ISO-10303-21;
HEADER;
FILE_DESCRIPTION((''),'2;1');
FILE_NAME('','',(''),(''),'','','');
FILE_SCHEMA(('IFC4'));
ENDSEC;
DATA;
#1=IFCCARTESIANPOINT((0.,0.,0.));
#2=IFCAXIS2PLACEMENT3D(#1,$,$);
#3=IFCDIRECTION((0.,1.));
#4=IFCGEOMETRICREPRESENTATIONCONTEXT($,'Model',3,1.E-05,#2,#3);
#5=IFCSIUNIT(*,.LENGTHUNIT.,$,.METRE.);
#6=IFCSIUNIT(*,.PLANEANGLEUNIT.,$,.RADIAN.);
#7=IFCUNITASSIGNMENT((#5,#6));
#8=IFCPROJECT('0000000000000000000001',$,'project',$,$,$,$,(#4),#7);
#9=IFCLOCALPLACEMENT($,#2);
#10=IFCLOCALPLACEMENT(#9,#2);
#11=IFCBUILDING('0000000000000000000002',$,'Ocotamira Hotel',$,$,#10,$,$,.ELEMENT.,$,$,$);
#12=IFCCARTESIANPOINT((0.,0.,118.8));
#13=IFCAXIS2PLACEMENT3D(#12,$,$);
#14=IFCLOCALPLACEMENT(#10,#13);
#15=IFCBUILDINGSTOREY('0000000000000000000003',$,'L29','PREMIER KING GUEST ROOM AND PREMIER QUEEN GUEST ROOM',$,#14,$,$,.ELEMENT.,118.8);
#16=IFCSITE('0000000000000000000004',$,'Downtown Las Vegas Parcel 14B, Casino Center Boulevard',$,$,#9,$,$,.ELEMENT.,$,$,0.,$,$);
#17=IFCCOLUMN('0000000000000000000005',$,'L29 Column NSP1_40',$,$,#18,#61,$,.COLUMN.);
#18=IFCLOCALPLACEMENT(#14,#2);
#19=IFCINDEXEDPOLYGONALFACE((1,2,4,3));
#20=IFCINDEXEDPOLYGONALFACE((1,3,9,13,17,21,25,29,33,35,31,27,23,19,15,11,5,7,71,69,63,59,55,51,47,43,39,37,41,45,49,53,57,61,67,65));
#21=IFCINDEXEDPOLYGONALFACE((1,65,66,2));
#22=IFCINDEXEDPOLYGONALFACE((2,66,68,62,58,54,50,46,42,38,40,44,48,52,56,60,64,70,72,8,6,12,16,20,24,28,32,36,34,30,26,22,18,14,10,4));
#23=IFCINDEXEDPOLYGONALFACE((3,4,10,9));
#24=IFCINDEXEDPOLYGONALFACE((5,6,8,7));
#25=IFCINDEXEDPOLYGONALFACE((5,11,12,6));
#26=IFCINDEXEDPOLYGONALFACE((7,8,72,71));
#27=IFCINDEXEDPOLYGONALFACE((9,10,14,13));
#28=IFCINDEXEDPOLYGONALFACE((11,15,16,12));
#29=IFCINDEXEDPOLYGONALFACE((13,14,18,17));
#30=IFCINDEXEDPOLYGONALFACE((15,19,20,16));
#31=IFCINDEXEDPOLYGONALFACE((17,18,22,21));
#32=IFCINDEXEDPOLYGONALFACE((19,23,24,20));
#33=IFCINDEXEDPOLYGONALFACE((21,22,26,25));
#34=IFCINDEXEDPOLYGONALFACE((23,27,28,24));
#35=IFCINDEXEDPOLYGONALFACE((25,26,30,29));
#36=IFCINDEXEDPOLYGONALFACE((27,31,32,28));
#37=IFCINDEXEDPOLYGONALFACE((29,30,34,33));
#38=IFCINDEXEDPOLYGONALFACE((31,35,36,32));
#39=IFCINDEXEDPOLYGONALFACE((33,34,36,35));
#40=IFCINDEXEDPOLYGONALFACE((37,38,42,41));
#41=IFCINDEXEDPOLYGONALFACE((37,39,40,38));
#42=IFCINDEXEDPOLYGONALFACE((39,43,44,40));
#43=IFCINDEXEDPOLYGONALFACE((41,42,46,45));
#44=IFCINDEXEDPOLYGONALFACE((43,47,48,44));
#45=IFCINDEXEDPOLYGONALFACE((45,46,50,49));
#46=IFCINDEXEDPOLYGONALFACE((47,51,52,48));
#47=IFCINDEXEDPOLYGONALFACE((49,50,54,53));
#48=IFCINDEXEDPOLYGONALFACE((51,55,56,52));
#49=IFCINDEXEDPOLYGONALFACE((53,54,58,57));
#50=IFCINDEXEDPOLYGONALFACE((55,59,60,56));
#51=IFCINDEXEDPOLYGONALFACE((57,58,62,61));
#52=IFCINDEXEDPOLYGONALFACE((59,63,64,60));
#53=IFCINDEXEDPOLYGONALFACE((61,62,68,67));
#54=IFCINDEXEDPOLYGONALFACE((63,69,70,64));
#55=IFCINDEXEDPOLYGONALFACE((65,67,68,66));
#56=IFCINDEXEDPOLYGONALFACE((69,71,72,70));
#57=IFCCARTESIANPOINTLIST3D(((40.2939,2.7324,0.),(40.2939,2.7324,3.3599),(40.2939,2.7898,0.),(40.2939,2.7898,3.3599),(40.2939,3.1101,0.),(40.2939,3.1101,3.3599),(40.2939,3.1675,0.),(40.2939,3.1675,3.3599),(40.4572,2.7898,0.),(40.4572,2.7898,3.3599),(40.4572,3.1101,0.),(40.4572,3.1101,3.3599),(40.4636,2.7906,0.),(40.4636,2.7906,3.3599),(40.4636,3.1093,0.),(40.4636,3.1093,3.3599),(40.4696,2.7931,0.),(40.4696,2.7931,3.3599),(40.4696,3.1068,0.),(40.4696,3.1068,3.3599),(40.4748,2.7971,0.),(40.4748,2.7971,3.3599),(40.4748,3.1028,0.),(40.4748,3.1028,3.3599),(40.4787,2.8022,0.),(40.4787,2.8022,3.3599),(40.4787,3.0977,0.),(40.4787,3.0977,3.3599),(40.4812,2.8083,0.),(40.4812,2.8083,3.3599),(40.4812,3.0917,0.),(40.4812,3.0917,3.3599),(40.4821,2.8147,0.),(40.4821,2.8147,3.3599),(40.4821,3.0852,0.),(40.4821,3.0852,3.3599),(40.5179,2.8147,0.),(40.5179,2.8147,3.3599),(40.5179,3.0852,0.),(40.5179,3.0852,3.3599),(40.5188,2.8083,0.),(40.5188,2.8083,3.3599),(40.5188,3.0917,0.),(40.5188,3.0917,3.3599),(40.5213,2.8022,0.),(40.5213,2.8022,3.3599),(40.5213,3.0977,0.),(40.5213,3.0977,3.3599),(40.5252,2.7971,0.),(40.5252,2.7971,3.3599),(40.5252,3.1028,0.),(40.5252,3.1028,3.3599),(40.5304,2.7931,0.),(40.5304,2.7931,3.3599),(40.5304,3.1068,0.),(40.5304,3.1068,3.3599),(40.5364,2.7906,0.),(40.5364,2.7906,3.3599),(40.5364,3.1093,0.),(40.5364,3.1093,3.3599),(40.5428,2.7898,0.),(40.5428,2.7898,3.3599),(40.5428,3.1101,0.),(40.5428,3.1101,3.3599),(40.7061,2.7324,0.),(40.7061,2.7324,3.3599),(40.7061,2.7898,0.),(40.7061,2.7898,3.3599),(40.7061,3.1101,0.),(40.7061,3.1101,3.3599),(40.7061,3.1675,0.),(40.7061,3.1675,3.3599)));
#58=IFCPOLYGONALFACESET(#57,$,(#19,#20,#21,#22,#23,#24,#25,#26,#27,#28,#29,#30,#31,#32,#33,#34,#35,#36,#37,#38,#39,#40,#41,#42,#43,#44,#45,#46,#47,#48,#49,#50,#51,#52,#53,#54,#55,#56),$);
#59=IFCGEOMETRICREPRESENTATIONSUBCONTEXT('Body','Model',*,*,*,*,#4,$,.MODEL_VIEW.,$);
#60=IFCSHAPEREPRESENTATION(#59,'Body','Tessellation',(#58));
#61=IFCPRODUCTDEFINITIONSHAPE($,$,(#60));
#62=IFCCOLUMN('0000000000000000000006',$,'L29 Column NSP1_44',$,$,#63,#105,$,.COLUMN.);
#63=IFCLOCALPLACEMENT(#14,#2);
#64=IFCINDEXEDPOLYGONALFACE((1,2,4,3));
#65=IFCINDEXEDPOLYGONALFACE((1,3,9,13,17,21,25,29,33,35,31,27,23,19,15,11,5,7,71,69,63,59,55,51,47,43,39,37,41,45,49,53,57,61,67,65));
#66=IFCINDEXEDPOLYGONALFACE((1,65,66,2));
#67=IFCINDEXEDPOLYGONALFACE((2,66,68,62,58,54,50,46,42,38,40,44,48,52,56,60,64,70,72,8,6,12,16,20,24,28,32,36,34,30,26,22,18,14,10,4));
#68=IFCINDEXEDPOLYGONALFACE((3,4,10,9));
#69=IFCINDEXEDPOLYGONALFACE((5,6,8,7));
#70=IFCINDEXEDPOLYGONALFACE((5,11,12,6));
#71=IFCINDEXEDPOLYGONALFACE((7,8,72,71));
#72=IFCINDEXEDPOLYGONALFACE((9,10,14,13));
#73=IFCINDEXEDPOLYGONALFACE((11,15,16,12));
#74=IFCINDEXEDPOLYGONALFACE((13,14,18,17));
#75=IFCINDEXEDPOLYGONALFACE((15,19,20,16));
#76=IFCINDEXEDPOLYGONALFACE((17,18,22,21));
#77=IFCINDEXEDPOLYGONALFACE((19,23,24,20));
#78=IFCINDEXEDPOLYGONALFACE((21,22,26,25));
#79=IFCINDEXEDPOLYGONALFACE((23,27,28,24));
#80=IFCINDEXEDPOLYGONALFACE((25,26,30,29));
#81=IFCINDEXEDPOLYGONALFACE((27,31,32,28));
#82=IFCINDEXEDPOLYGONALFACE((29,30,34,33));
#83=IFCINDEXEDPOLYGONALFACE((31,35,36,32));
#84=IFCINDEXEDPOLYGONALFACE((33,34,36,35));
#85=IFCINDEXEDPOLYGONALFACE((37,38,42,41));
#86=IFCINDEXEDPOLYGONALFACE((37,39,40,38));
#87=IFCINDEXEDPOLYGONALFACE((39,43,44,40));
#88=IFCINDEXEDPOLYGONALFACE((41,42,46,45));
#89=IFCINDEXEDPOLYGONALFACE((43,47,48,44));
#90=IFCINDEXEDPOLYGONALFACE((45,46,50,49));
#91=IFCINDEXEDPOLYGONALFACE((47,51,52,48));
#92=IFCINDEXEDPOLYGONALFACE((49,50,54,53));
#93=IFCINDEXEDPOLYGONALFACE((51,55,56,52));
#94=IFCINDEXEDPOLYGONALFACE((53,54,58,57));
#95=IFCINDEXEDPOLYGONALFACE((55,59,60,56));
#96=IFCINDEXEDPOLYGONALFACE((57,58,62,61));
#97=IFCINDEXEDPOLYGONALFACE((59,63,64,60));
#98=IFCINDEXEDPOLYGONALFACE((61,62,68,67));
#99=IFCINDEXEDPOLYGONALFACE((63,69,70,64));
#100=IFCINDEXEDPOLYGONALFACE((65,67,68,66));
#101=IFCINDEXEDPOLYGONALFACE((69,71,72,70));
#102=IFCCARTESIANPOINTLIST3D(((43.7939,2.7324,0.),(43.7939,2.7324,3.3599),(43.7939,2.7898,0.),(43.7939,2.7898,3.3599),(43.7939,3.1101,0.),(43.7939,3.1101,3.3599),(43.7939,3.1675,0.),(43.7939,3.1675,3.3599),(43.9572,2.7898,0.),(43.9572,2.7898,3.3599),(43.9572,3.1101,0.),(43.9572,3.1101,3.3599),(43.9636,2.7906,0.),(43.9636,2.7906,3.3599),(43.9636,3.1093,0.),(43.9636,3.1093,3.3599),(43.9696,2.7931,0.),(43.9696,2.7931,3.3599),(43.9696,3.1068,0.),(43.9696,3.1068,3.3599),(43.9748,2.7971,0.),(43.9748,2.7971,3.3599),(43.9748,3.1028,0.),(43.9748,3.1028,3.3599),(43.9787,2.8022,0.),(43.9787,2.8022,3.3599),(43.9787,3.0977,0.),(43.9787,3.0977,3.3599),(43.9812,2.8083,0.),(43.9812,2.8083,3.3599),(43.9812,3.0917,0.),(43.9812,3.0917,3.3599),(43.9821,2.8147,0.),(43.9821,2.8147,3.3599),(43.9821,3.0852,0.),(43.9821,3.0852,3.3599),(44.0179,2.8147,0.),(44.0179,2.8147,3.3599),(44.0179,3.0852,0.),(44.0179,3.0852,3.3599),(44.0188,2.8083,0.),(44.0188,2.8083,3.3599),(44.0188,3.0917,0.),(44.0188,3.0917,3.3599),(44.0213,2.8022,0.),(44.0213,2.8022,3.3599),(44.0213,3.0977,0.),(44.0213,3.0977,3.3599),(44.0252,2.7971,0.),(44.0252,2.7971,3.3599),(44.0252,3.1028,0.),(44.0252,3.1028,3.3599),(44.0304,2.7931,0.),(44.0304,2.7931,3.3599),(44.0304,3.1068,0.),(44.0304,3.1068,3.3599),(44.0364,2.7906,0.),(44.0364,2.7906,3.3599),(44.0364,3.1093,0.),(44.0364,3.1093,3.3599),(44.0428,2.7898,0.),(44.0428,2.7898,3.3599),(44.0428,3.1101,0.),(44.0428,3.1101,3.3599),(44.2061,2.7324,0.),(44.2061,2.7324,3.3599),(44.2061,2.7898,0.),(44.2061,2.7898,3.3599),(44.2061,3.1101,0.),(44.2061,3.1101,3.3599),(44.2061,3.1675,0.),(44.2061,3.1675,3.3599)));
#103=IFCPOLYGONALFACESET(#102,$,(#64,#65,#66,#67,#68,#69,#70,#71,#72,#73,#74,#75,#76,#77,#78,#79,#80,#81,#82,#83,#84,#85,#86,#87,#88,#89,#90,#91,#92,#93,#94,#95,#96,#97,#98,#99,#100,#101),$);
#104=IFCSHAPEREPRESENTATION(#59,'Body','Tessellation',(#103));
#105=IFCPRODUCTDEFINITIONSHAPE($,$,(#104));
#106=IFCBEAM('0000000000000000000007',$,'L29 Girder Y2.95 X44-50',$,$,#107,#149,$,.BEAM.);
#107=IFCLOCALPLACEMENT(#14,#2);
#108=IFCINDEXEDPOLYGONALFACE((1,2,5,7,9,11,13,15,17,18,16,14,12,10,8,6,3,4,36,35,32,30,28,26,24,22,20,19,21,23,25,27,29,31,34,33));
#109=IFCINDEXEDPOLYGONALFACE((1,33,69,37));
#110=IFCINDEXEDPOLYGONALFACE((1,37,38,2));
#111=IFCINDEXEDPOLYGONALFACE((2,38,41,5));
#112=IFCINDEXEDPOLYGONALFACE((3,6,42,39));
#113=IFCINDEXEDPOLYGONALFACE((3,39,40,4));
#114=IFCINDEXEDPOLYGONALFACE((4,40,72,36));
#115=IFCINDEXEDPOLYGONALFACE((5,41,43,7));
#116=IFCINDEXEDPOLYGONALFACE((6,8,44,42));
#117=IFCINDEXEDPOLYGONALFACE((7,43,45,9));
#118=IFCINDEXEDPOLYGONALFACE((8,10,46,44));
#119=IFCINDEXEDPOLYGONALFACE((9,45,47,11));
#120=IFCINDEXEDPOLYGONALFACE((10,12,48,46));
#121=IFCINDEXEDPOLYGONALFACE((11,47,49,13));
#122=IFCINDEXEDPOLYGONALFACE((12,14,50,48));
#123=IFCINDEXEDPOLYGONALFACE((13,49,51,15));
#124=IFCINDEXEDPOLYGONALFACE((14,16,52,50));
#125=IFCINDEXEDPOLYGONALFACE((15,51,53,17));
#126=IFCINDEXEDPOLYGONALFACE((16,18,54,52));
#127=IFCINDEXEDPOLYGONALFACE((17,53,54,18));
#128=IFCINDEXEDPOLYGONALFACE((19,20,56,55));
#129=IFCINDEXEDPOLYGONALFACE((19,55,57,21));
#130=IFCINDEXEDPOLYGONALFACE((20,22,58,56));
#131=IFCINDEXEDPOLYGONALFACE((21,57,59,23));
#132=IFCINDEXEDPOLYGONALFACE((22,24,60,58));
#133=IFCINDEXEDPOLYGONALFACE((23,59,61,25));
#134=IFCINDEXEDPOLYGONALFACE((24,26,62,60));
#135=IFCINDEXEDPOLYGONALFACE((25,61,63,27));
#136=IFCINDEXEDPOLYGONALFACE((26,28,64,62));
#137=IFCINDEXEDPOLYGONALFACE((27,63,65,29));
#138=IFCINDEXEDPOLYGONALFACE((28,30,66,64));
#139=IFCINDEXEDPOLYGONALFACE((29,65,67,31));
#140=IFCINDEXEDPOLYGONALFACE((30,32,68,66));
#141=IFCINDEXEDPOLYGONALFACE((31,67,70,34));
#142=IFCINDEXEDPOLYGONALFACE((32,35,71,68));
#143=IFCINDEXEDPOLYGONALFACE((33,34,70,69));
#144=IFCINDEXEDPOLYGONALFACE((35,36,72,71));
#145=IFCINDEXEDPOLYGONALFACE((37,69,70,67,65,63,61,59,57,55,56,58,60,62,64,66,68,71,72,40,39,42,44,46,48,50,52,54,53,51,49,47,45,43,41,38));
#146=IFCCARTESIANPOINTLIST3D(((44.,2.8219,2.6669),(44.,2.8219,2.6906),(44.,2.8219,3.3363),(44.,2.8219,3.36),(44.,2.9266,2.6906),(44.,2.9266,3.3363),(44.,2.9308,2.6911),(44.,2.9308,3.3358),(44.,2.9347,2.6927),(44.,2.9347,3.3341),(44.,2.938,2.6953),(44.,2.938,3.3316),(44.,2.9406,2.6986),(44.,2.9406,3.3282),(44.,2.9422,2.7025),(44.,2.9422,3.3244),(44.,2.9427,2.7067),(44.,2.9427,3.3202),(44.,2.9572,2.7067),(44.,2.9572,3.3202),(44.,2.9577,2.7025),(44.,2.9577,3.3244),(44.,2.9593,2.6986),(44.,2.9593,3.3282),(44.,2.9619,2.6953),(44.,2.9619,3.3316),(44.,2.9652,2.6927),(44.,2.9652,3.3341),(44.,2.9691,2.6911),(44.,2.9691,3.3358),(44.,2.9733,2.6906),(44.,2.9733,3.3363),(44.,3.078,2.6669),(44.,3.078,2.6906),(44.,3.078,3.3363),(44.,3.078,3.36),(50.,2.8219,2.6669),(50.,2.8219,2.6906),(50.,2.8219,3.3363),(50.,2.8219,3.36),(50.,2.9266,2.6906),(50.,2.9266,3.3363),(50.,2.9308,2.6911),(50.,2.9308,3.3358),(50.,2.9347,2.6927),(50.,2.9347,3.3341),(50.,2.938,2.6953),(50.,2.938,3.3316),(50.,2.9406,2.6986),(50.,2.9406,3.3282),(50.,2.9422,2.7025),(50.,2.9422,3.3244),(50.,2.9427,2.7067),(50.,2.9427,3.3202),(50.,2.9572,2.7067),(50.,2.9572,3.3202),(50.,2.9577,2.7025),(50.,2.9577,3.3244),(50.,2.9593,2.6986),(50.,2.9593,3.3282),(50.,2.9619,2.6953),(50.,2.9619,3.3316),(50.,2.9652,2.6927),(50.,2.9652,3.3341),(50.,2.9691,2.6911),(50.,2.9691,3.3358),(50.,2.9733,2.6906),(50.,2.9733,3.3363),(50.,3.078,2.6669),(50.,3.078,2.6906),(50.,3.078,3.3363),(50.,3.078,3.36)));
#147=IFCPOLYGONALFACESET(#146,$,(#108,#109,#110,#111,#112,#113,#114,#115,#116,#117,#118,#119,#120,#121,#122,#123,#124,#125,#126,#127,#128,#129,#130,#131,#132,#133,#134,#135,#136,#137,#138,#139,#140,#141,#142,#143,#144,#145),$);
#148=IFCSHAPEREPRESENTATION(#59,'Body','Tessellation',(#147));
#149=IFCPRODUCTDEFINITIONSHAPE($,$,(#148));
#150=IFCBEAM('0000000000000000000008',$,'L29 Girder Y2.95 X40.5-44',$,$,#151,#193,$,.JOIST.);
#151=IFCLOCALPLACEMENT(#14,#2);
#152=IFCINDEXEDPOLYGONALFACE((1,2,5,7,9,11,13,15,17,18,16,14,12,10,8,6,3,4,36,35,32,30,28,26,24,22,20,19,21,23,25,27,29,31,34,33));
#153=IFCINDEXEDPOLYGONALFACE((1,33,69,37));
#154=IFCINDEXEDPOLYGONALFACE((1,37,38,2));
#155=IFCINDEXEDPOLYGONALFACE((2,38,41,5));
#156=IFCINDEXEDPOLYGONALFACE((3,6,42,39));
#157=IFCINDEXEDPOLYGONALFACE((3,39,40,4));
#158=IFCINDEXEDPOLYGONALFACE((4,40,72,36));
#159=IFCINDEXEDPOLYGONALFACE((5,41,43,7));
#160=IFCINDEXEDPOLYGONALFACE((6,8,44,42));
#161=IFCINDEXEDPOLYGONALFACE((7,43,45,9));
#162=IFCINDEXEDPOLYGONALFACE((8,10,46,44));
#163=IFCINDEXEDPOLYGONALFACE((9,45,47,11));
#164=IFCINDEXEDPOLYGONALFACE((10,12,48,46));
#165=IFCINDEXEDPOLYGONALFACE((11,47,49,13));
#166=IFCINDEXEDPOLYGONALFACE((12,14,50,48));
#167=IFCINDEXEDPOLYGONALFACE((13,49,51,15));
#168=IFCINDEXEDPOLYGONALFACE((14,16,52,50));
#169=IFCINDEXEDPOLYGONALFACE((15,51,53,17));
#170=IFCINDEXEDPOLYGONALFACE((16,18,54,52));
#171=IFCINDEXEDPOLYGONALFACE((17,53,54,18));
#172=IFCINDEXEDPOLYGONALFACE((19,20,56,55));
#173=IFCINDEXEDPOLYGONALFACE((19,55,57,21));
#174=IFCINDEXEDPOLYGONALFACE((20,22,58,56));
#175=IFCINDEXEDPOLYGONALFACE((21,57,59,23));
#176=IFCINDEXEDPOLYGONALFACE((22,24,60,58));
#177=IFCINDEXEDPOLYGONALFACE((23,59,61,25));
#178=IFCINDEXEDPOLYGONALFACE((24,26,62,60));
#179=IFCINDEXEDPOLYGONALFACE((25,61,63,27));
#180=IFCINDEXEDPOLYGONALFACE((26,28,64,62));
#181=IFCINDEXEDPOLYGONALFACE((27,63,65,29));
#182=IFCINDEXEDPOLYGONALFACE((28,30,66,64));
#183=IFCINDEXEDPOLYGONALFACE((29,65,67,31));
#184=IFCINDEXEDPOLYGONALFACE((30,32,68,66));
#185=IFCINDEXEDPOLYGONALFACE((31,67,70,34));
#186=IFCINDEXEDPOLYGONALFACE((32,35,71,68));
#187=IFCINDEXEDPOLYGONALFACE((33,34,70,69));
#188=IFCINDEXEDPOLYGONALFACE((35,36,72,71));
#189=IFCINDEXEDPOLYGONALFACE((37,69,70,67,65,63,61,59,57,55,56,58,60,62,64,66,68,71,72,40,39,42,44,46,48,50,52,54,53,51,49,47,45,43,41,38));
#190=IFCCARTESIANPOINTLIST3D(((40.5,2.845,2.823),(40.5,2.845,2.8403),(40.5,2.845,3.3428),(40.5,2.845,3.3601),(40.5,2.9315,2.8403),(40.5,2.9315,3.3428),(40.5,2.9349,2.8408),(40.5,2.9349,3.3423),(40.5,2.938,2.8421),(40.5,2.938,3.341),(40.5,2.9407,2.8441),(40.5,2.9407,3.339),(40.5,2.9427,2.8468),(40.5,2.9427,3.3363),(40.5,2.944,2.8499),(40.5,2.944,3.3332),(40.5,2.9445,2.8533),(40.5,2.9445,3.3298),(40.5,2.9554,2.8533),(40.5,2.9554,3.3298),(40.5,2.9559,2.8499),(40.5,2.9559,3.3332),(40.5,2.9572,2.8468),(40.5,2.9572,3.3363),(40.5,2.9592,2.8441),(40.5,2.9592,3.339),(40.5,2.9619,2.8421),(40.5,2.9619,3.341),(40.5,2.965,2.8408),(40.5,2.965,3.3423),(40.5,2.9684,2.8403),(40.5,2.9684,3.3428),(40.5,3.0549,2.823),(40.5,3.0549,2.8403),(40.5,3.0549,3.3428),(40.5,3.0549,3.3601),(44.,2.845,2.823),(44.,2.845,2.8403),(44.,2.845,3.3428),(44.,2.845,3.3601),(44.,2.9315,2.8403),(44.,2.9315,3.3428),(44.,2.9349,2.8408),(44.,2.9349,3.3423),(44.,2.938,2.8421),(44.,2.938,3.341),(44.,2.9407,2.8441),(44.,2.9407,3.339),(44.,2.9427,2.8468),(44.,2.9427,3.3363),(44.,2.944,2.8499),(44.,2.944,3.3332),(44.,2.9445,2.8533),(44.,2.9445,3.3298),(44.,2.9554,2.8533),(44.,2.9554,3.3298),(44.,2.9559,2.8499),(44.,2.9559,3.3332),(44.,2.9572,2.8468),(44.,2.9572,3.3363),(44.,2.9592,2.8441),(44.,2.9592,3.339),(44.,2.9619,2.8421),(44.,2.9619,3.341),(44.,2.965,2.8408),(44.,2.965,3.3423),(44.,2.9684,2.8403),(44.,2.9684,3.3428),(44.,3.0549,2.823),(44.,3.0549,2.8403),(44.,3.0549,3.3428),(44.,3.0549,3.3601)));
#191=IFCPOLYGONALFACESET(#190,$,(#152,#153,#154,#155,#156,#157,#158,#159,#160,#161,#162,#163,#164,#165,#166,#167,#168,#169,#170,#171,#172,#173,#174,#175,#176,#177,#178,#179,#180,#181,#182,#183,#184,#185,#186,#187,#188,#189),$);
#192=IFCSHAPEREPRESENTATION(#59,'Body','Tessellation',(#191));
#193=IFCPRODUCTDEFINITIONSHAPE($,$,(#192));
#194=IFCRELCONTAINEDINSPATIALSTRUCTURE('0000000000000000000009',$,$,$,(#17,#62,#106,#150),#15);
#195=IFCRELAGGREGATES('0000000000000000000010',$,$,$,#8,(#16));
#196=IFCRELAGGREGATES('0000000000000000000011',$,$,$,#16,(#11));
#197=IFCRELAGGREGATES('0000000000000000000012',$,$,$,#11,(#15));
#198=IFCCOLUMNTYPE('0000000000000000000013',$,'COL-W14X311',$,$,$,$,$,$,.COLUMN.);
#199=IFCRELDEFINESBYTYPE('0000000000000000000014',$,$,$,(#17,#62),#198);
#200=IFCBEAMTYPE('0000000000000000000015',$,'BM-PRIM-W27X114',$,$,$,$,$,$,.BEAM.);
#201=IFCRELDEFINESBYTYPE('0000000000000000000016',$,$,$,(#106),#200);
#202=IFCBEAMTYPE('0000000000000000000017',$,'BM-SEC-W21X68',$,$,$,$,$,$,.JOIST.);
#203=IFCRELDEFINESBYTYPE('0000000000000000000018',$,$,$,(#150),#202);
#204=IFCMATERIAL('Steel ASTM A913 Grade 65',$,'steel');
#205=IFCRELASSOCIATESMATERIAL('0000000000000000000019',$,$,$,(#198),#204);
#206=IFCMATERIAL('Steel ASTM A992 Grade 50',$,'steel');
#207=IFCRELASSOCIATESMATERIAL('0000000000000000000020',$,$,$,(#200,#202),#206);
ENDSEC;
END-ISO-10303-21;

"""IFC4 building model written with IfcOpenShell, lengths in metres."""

from ifc_helpers import new_model, si_unit, direction, frame, origin, origin_2d, place, context, subcontext, project, spatial, i_section, extrude, source, transform, mapped, material, material_profile, profile_set, type_object, element, save


model = new_model("IFC4")

# Units and contexts
model_context = context("Model", 3, precision=1e-05, world=origin(), true_north=direction((0.0, 1.0)))
body_context = subcontext(model_context, "Body", "Model", "MODEL_VIEW")
ifc_project = project(units=[si_unit("LENGTHUNIT", "METRE"), si_unit("PLANEANGLEUNIT", "RADIAN")], contexts=[model_context])

# Site, building, storey
site_placement = place(None, origin())
site = spatial("IfcSite", under=ifc_project, at=site_placement, Name="Downtown Las Vegas Parcel 14B, Casino Center Boulevard", CompositionType="ELEMENT", RefElevation=0.0)
building_placement = place(site_placement, origin())
building = spatial("IfcBuilding", under=site, at=building_placement, Name="Ocotamira Hotel", CompositionType="ELEMENT")
storey_placement = place(building_placement, frame((0.0, 0.0, 118.8)))
storey = spatial("IfcBuildingStorey", under=building, at=storey_placement, Name="L29", Description="PREMIER KING GUEST ROOM AND PREMIER QUEEN GUEST ROOM", CompositionType="ELEMENT", Elevation=118.8)

# Columns
ifc_material_1 = material(Name="Steel ASTM A913 Grade 65", Category="steel")
ifc_material_profile_1 = material_profile(ifc_material_1, i_section(OverallWidth=0.4121, OverallDepth=0.4351, WebThickness=0.0359, FlangeThickness=0.0574, FilletRadius=0.0249, at=origin_2d()), Name="W14X311")
ifc_profile_set_1 = profile_set([ifc_material_profile_1], Name="Steel ASTM A913 Grade 65")
column_type = type_object("IfcColumnType", Name="COL-W14X311", PredefinedType="COLUMN", material=ifc_profile_set_1)
shared_shape_1 = source(origin(), body_context, "Body", "SweptSolid", [
    extrude(i_section(OverallWidth=0.4121, OverallDepth=0.4351, WebThickness=0.0359, FlangeThickness=0.0574, FilletRadius=0.0249, at=origin_2d()), origin(), (0.0, 0.0, 1.0), 3.3599),
])
for number, where, z_axis, x_axis, name in (
    (1, (40.5, 2.95, 0.0), (0.0, 0.0, 1.0), (1.0, 0.0, 0.0), "L29 Column NSP1_40"),
    (2, (44.0, 2.95, 0.0), (0.0, 0.0, 1.0), (1.0, 0.0, 0.0), "L29 Column NSP1_44"),
):
    element("IfcColumn", number, at=place(storey_placement, frame(where, z_axis=z_axis, x_axis=x_axis)), inside=storey, type_object=column_type, Name=name, PredefinedType="COLUMN", context=body_context, shape_type="MappedRepresentation", body=[
        mapped(shared_shape_1, transform((0.0, 0.0, 0.0), scale=1.0)),
    ])

# Beams
ifc_material_2 = material(Name="Steel ASTM A992 Grade 50", Category="steel")
ifc_material_profile_2 = material_profile(ifc_material_2, i_section(OverallWidth=0.2561, OverallDepth=0.6931, WebThickness=0.0144, FlangeThickness=0.0237, FilletRadius=0.0161, at=origin_2d()), Name="W27X114")
ifc_profile_set_2 = profile_set([ifc_material_profile_2], Name="Steel ASTM A992 Grade 50")
beam_type_1 = type_object("IfcBeamType", Name="BM-PRIM-W27X114", PredefinedType="BEAM", material=ifc_profile_set_2)
shared_shape_2 = source(origin(), body_context, "Body", "SweptSolid", [
    extrude(i_section(OverallWidth=0.2561, OverallDepth=0.6931, WebThickness=0.0144, FlangeThickness=0.0237, FilletRadius=0.0161, at=origin_2d()), origin(), (0.0, 0.0, 1.0), 6.0),
])
beam_1_placement = place(storey_placement, frame((44.0, 2.95, 3.0134), z_axis=(1.0, 0.0, 0.0), x_axis=(0.0, 1.0, 0.0)))
element("IfcBeam", 3, at=beam_1_placement, inside=storey, type_object=beam_type_1, Name="L29 Girder Y2.95 X44-50", PredefinedType="BEAM", context=body_context, shape_type="MappedRepresentation", body=[
    mapped(shared_shape_2, transform((0.0, 0.0, 0.0), scale=1.0)),
])
ifc_material_profile_3 = material_profile(ifc_material_2, i_section(OverallWidth=0.21, OverallDepth=0.5371, WebThickness=0.011, FlangeThickness=0.0173, FilletRadius=0.0129, at=origin_2d()), Name="W21X68")
ifc_profile_set_3 = profile_set([ifc_material_profile_3], Name="Steel ASTM A992 Grade 50")
beam_type_2 = type_object("IfcBeamType", Name="BM-SEC-W21X68", PredefinedType="JOIST", material=ifc_profile_set_3)
shared_shape_3 = source(origin(), body_context, "Body", "SweptSolid", [
    extrude(i_section(OverallWidth=0.21, OverallDepth=0.5371, WebThickness=0.011, FlangeThickness=0.0173, FilletRadius=0.0129, at=origin_2d()), origin(), (0.0, 0.0, 1.0), 3.5),
])
beam_2_placement = place(storey_placement, frame((40.5, 2.95, 3.0916), z_axis=(1.0, 0.0, 0.0), x_axis=(0.0, 1.0, 0.0)))
element("IfcBeam", 4, at=beam_2_placement, inside=storey, type_object=beam_type_2, Name="L29 Girder Y2.95 X40.5-44", PredefinedType="JOIST", context=body_context, shape_type="MappedRepresentation", body=[
    mapped(shared_shape_3, transform((0.0, 0.0, 0.0), scale=1.0)),
])

save(model, "model.ifc")
